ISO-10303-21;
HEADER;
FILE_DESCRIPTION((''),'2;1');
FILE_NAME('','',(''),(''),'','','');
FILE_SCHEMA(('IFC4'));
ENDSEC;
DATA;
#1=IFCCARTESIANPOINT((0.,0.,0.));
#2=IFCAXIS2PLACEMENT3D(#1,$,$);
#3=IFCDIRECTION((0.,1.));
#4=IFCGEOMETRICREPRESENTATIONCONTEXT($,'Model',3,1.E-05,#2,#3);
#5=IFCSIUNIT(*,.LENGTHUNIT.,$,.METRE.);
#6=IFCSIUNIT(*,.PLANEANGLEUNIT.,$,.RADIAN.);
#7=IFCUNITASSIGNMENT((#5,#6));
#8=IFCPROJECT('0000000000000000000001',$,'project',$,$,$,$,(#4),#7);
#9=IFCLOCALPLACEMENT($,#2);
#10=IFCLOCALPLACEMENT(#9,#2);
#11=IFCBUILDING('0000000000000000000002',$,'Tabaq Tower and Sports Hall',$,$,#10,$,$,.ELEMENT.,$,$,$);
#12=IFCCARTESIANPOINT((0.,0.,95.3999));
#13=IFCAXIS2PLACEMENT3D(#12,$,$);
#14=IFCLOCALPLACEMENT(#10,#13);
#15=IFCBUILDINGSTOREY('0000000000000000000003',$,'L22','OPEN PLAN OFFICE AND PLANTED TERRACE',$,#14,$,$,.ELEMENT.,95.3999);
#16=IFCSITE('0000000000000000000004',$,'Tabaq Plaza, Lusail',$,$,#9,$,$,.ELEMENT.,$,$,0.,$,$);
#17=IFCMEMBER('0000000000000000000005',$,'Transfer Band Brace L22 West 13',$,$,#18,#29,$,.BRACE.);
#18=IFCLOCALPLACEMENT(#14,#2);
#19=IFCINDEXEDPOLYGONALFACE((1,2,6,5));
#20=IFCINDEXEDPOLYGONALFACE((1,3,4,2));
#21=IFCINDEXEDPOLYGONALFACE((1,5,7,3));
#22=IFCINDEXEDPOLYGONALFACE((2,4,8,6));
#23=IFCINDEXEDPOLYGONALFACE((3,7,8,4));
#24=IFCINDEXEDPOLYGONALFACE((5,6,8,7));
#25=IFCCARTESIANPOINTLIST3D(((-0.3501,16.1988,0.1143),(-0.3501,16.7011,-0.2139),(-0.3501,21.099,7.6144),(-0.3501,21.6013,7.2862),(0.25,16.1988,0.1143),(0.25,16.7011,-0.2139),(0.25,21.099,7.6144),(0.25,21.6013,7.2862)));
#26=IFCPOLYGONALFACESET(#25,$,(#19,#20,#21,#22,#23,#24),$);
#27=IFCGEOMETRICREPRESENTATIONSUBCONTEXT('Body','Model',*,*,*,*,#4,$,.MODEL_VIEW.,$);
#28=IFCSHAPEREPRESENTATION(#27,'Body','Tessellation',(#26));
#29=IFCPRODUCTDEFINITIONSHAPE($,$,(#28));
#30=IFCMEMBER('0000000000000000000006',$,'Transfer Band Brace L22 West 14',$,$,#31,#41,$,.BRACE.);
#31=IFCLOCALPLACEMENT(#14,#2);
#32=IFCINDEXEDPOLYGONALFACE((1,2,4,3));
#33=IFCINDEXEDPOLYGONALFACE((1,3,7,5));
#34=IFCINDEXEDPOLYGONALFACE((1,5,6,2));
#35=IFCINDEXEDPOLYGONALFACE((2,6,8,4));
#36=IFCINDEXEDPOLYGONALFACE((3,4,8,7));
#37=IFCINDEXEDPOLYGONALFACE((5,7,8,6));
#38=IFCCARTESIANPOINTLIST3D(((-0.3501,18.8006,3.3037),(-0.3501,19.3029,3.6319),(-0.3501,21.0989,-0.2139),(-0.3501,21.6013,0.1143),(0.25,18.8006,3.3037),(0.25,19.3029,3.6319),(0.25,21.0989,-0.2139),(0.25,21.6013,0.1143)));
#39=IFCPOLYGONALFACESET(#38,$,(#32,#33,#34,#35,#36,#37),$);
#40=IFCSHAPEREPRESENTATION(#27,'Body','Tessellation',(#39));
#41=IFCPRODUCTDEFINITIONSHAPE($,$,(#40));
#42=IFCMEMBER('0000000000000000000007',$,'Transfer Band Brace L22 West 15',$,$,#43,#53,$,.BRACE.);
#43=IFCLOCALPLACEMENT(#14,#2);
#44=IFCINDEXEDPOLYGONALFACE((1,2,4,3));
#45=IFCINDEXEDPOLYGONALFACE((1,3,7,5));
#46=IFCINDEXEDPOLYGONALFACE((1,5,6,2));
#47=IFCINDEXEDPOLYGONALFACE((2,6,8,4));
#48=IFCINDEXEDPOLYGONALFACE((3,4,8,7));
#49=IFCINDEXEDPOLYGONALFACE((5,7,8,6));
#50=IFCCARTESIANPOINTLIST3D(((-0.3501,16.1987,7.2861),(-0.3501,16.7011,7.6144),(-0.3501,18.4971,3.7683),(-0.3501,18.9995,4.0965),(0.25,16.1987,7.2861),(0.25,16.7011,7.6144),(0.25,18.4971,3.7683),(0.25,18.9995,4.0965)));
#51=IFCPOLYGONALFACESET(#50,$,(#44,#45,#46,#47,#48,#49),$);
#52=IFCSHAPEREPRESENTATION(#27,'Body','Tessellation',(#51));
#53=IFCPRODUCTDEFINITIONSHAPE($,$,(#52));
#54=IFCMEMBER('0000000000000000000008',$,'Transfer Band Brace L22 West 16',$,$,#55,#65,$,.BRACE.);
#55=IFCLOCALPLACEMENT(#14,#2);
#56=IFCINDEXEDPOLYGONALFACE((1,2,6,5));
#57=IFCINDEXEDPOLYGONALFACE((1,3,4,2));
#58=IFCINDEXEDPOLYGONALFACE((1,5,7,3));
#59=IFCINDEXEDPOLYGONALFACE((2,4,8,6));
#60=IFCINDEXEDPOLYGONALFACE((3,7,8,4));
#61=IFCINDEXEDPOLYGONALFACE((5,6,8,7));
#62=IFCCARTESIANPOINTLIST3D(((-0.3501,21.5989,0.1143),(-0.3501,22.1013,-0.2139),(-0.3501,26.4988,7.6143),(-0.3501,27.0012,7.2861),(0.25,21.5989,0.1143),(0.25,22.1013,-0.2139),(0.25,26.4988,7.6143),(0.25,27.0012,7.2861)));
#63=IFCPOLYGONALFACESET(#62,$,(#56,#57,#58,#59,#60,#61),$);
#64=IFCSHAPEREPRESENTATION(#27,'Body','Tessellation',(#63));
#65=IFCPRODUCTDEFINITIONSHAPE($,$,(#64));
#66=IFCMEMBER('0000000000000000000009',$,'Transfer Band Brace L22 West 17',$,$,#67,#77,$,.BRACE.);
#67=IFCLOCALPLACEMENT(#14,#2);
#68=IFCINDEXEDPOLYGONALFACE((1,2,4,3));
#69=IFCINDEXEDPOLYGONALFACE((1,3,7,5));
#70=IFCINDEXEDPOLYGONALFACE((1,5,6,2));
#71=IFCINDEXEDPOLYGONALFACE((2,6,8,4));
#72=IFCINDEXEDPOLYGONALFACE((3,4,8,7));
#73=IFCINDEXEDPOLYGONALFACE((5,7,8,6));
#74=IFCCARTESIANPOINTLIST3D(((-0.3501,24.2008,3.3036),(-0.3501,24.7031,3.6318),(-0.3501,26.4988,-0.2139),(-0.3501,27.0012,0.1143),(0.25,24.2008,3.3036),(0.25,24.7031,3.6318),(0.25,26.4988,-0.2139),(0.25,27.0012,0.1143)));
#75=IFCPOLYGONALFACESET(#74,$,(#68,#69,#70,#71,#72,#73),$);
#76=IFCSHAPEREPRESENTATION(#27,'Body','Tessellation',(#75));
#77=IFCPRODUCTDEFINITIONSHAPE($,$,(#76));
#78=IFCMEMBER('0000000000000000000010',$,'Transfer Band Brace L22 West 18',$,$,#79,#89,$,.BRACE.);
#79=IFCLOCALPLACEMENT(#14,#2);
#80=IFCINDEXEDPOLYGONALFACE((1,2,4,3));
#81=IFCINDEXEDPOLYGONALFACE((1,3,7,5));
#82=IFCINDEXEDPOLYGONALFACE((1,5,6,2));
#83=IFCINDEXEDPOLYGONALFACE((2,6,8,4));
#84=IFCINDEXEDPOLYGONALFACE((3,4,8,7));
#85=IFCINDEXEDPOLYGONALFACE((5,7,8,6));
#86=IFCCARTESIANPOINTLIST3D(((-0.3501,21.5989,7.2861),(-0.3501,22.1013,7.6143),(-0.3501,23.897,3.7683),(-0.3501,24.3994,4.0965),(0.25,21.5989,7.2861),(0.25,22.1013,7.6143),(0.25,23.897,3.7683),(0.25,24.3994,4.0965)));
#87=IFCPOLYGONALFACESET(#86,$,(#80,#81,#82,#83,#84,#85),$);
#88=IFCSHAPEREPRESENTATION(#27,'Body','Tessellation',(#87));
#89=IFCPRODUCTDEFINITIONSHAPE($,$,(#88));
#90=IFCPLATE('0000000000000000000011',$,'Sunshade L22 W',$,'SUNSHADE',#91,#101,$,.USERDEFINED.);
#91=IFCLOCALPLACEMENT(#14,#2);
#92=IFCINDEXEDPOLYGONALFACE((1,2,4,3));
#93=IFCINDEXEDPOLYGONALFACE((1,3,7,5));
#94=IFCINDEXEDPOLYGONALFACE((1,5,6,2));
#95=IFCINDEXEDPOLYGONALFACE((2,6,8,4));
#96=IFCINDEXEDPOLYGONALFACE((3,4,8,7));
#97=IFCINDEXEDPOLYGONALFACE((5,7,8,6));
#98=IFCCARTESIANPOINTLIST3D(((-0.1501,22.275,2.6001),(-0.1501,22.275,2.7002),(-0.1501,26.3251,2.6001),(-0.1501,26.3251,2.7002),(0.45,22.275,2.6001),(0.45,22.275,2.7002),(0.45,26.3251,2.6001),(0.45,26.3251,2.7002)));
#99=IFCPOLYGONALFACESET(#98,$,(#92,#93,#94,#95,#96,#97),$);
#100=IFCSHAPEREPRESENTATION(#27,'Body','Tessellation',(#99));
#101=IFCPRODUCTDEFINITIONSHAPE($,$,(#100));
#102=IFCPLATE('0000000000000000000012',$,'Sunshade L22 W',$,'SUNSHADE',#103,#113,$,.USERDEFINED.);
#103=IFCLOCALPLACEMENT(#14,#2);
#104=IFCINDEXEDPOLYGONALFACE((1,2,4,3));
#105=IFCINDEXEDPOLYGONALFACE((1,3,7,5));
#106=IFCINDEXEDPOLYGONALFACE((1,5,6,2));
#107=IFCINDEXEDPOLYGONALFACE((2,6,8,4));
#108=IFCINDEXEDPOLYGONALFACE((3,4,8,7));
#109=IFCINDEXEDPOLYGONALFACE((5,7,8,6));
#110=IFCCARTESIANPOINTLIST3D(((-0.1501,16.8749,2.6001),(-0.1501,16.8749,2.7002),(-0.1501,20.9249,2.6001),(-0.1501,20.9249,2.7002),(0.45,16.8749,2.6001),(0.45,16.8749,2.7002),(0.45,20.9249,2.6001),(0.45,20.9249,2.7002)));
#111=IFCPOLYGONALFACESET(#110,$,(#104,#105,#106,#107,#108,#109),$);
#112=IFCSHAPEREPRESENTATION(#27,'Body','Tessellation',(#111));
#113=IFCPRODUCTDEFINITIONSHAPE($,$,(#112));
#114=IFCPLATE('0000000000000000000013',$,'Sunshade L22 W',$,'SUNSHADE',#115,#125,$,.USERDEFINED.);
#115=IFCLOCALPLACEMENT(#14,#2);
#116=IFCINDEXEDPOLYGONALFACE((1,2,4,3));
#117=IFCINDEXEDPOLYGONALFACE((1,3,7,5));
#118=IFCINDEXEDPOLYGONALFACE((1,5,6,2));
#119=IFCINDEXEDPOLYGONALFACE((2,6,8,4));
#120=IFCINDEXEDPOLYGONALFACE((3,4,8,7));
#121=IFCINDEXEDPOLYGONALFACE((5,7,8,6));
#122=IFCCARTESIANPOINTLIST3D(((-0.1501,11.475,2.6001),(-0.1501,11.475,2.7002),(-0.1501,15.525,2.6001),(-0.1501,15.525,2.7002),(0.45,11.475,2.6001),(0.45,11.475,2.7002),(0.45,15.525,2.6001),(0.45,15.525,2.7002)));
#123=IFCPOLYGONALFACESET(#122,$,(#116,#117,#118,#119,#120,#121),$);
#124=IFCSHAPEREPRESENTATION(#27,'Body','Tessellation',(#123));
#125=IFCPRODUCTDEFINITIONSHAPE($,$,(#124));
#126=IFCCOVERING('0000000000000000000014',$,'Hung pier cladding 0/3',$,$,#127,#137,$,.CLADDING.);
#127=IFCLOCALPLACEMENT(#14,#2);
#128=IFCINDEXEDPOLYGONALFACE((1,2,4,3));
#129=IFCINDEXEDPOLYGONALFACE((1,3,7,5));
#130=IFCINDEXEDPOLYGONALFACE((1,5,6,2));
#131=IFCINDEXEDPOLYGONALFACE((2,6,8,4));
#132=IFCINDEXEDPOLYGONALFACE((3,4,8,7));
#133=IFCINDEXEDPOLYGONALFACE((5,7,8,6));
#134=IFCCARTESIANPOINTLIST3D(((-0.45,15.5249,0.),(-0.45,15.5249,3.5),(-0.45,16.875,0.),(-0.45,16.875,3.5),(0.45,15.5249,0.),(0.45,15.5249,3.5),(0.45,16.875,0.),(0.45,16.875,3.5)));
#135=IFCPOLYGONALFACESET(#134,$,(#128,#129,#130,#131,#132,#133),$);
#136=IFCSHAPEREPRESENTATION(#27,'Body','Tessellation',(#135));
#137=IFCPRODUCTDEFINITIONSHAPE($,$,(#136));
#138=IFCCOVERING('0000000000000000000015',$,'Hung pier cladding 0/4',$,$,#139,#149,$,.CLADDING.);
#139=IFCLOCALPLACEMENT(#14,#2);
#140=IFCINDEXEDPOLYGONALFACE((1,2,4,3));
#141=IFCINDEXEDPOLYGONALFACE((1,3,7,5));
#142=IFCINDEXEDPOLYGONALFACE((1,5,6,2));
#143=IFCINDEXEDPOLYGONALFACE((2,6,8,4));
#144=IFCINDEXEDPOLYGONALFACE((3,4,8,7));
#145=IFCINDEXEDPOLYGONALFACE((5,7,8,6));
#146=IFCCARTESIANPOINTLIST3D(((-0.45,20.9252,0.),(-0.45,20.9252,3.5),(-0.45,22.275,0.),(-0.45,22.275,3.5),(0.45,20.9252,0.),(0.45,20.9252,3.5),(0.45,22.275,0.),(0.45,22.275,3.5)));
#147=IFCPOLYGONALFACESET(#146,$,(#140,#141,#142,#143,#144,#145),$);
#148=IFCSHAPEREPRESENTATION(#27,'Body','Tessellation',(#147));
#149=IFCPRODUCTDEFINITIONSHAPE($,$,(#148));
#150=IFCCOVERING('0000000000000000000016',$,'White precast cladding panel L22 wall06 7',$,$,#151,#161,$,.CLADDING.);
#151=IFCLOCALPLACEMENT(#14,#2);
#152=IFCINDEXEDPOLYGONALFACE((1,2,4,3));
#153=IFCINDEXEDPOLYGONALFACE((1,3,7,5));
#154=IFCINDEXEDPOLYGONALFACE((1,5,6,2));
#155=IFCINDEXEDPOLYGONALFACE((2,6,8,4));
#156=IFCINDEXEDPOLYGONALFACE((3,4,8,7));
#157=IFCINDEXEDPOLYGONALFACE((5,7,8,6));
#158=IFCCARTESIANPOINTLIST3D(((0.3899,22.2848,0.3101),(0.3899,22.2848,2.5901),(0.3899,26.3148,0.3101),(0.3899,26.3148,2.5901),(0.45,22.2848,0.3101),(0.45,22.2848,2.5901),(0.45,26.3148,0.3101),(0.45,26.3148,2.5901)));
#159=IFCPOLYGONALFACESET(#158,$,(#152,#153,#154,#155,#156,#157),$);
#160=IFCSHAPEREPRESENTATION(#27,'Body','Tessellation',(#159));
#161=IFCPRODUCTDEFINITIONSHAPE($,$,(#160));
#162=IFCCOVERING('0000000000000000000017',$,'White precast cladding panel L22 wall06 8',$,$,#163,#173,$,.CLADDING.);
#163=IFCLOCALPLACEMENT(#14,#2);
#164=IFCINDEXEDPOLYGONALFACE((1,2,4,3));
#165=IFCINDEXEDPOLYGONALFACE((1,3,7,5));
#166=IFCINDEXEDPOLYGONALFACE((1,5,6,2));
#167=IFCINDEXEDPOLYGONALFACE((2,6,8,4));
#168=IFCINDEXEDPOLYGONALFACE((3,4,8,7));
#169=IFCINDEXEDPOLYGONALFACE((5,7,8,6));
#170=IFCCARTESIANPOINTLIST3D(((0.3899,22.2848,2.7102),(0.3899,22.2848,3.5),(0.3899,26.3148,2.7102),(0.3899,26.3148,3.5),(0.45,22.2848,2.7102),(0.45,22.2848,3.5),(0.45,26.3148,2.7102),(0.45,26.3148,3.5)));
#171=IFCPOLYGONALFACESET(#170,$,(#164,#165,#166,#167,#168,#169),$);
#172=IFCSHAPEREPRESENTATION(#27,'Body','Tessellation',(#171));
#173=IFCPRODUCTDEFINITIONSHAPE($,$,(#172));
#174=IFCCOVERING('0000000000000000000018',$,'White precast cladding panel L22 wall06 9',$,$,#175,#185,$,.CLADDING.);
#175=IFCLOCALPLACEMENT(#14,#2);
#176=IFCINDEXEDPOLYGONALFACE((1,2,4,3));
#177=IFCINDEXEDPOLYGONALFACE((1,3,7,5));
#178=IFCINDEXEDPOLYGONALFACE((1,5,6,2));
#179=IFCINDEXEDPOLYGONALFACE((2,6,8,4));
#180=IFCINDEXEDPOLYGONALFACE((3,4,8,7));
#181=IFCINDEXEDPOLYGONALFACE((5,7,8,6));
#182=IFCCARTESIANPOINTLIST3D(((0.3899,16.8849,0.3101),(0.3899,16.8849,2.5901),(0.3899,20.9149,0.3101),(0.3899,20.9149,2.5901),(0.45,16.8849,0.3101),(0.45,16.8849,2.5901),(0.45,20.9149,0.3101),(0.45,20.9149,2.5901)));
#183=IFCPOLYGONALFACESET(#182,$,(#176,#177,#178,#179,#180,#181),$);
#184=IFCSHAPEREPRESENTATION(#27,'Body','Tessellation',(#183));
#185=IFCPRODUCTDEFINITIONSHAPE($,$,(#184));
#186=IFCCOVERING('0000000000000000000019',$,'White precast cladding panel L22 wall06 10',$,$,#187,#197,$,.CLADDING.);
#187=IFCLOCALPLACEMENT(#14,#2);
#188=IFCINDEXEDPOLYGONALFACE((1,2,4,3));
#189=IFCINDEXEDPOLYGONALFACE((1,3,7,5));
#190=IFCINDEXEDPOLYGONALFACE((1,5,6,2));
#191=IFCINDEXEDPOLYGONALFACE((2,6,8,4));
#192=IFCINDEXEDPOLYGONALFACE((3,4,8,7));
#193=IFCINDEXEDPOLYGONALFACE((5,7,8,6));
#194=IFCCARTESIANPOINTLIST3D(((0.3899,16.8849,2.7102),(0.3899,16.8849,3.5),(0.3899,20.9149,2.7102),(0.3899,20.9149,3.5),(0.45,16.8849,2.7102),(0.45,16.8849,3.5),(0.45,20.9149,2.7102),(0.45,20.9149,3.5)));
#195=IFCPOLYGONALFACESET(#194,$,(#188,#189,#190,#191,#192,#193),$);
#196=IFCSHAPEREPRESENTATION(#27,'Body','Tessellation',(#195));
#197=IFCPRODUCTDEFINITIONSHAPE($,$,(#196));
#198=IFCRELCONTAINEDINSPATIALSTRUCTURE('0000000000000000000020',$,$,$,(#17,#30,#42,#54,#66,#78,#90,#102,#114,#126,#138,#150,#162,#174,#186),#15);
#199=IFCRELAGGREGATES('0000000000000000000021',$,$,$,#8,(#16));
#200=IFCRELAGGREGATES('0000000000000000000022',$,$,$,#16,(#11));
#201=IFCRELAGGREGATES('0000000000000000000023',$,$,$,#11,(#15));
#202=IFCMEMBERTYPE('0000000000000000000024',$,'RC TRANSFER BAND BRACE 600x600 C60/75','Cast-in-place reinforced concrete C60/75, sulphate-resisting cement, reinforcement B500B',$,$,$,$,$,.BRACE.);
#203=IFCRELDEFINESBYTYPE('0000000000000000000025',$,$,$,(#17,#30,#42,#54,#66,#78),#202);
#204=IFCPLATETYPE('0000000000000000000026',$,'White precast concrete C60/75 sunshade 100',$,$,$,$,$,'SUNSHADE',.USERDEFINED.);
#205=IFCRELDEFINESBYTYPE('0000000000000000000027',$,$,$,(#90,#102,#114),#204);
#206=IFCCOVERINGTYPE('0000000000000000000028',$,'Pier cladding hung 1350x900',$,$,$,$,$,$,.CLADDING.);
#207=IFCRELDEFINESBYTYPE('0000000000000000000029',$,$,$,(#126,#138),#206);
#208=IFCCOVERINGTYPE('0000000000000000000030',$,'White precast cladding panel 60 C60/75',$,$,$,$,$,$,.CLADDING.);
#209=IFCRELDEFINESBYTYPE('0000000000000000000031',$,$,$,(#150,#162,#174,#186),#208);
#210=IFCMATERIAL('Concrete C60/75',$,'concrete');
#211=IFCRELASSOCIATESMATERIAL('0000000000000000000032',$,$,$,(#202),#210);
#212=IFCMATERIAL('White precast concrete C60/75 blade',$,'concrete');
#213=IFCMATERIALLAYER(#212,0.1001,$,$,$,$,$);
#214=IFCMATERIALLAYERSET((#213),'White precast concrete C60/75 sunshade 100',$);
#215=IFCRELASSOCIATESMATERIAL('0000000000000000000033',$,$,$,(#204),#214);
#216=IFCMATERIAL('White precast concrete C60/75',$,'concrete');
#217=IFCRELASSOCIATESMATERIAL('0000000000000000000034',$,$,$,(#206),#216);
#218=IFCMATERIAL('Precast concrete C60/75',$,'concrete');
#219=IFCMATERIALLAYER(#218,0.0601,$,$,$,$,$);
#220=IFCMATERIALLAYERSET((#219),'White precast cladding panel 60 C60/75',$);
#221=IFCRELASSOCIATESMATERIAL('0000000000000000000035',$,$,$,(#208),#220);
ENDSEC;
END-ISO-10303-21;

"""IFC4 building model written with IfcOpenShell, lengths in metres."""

from ifc_helpers import new_model, si_unit, direction, frame, frame_2d, origin, origin_2d, place, context, subcontext, project, spatial, rectangle, extrude, material, layer, layer_set, material_profile, profile_set, type_object, element, save


model = new_model("IFC4")

# Units and contexts
model_context = context("Model", 3, precision=1e-05, world=origin(), true_north=direction((0.0, 1.0)))
body_context = subcontext(model_context, "Body", "Model", "MODEL_VIEW")
ifc_project = project(units=[si_unit("LENGTHUNIT", "METRE"), si_unit("PLANEANGLEUNIT", "RADIAN")], contexts=[model_context])

# Site, building, storey
site_placement = place(None, origin())
site = spatial("IfcSite", under=ifc_project, at=site_placement, Name="Tabaq Plaza, Lusail", CompositionType="ELEMENT", RefElevation=0.0)
building_placement = place(site_placement, origin())
building = spatial("IfcBuilding", under=site, at=building_placement, Name="Tabaq Tower and Sports Hall", CompositionType="ELEMENT")
storey_placement = place(building_placement, frame((0.0, 0.0, 95.3999)))
storey = spatial("IfcBuildingStorey", under=building, at=storey_placement, Name="L22", Description="OPEN PLAN OFFICE AND PLANTED TERRACE", CompositionType="ELEMENT", Elevation=95.3999)

# Members
ifc_material_1 = material(Name="Concrete C60/75", Category="concrete")
ifc_material_profile = material_profile(ifc_material_1, rectangle(XDim=0.6001, YDim=0.6001, at=origin_2d()), Name="TRANSFER BAND BRACE 600x600")
ifc_profile_set = profile_set([ifc_material_profile], Name="Concrete C60/75")
member_type = type_object("IfcMemberType", Name="RC TRANSFER BAND BRACE 600x600 C60/75", Description="Cast-in-place reinforced concrete C60/75, sulphate-resisting cement, reinforcement B500B", PredefinedType="BRACE", material=ifc_profile_set)
member_1_placement = place(storey_placement, frame((-0.05, 16.45, -0.0498), z_axis=(0.0, 0.54696, 0.837159), x_axis=(-1.0, 0.0, 0.0)))
element("IfcMember", 1, at=member_1_placement, inside=storey, type_object=member_type, Name="Transfer Band Brace L22 West 13", PredefinedType="BRACE", context=body_context, shape_type="SweptSolid", body=[
    extrude(rectangle(XDim=0.6001, YDim=0.6001, at=origin_2d()), origin(), (0.0, 0.0, 1.0), 8.959),
])
member_2_placement = place(storey_placement, frame((-0.05, 21.3501, -0.0498), z_axis=(0.0, -0.54698, 0.837146), x_axis=(1.0, 0.0, 0.0)))
element("IfcMember", 2, at=member_2_placement, inside=storey, type_object=member_type, Name="Transfer Band Brace L22 West 14", PredefinedType="BRACE", context=body_context, shape_type="SweptSolid", body=[
    extrude(rectangle(XDim=0.6001, YDim=0.6001, at=origin_2d()), origin(), (0.0, 0.0, 1.0), 4.2019),
])
member_3_placement = place(storey_placement, frame((-0.05, 18.7483, 3.9324), z_axis=(0.0, -0.546953, 0.837163), x_axis=(1.0, 0.0, 0.0)))
element("IfcMember", 3, at=member_3_placement, inside=storey, type_object=member_type, Name="Transfer Band Brace L22 West 15", PredefinedType="BRACE", context=body_context, shape_type="SweptSolid", body=[
    extrude(rectangle(XDim=0.6001, YDim=0.6001, at=origin_2d()), origin(), (0.0, 0.0, 1.0), 4.2021),
])
member_4_placement = place(storey_placement, frame((-0.05, 21.8501, -0.0498), z_axis=(0.0, 0.546941, 0.837171), x_axis=(-1.0, 0.0, 0.0)))
element("IfcMember", 4, at=member_4_placement, inside=storey, type_object=member_type, Name="Transfer Band Brace L22 West 16", PredefinedType="BRACE", context=body_context, shape_type="SweptSolid", body=[
    extrude(rectangle(XDim=0.6001, YDim=0.6001, at=origin_2d()), origin(), (0.0, 0.0, 1.0), 8.9587),
])
member_5_placement = place(storey_placement, frame((-0.05, 26.75, -0.0498), z_axis=(0.0, -0.546939, 0.837172), x_axis=(1.0, 0.0, 0.0)))
element("IfcMember", 5, at=member_5_placement, inside=storey, type_object=member_type, Name="Transfer Band Brace L22 West 17", PredefinedType="BRACE", context=body_context, shape_type="SweptSolid", body=[
    extrude(rectangle(XDim=0.6001, YDim=0.6001, at=origin_2d()), origin(), (0.0, 0.0, 1.0), 4.2017),
])
member_6_placement = place(storey_placement, frame((-0.05, 24.1482, 3.9324), z_axis=(0.0, -0.546913, 0.83719), x_axis=(1.0, 0.0, 0.0)))
element("IfcMember", 6, at=member_6_placement, inside=storey, type_object=member_type, Name="Transfer Band Brace L22 West 18", PredefinedType="BRACE", context=body_context, shape_type="SweptSolid", body=[
    extrude(rectangle(XDim=0.6001, YDim=0.6001, at=origin_2d()), origin(), (0.0, 0.0, 1.0), 4.2019),
])

# Plates
ifc_material_2 = material(Name="White precast concrete C60/75 blade", Category="concrete")
ifc_layer_1 = layer(ifc_material_2, 0.1001)
ifc_layer_set_1 = layer_set([ifc_layer_1], Name="White precast concrete C60/75 sunshade 100")
plate_type = type_object("IfcPlateType", Name="White precast concrete C60/75 sunshade 100", ElementType="SUNSHADE", PredefinedType="USERDEFINED", material=ifc_layer_set_1)
for number, where, z_axis, x_axis, name in (
    (7, (0.1499, 24.3, 2.6001), (0.0, 0.0, 1.0), (0.0, -1.0, 0.0), "Sunshade L22 W"),
    (8, (0.1499, 18.8999, 2.6001), (0.0, 0.0, 1.0), (0.0, -1.0, 0.0), "Sunshade L22 W"),
    (9, (0.1499, 13.5, 2.6001), (0.0, 0.0, 1.0), (0.0, -1.0, 0.0), "Sunshade L22 W"),
):
    element("IfcPlate", number, at=place(storey_placement, frame(where, z_axis=z_axis, x_axis=x_axis)), inside=storey, type_object=plate_type, Name=name, ObjectType="SUNSHADE", PredefinedType="USERDEFINED", context=body_context, shape_type="SweptSolid", body=[
        extrude(rectangle(XDim=4.05, YDim=0.6001, at=origin_2d()), origin(), (0.0, 0.0, 1.0), 0.1001),
    ])

# Coverings
ifc_material_3 = material(Name="White precast concrete C60/75", Category="concrete")
covering_type_1 = type_object("IfcCoveringType", Name="Pier cladding hung 1350x900", PredefinedType="CLADDING", material=ifc_material_3)
covering_1_placement = place(storey_placement, frame((0.0, 16.875, 0.0), z_axis=(0.0, 0.0, 1.0), x_axis=(0.0, -1.0, 0.0)))
element("IfcCovering", 10, at=covering_1_placement, inside=storey, type_object=covering_type_1, Name="Hung pier cladding 0/3", PredefinedType="CLADDING", context=body_context, shape_type="SweptSolid", body=[
    extrude(rectangle(XDim=1.3501, YDim=0.8999, at=frame_2d((0.675, 0.0))), origin(), (0.0, 0.0, 1.0), 3.5),
])
covering_2_placement = place(storey_placement, frame((0.0, 22.2749, 0.0), z_axis=(0.0, 0.0, 1.0), x_axis=(0.0, -1.0, 0.0)))
element("IfcCovering", 11, at=covering_2_placement, inside=storey, type_object=covering_type_1, Name="Hung pier cladding 0/4", PredefinedType="CLADDING", context=body_context, shape_type="SweptSolid", body=[
    extrude(rectangle(XDim=1.3499, YDim=0.8999, at=frame_2d((0.6748, 0.0))), origin(), (0.0, 0.0, 1.0), 3.5),
])
ifc_material_4 = material(Name="Precast concrete C60/75", Category="concrete")
ifc_layer_2 = layer(ifc_material_4, 0.0601)
ifc_layer_set_2 = layer_set([ifc_layer_2], Name="White precast cladding panel 60 C60/75")
covering_type_2 = type_object("IfcCoveringType", Name="White precast cladding panel 60 C60/75", PredefinedType="CLADDING", material=ifc_layer_set_2)
covering_3_placement = place(storey_placement, frame((0.4199, 26.3149, 0.3101), z_axis=(0.0, 0.0, 1.0), x_axis=(0.0, -1.0, 0.0)))
element("IfcCovering", 12, at=covering_3_placement, inside=storey, type_object=covering_type_2, Name="White precast cladding panel L22 wall06 7", PredefinedType="CLADDING", context=body_context, shape_type="SweptSolid", body=[
    extrude(rectangle(XDim=4.03, YDim=0.0601, at=frame_2d((2.0151, 0.0))), origin(), (0.0, 0.0, 1.0), 2.28),
])
covering_4_placement = place(storey_placement, frame((0.4199, 26.3149, 2.7102), z_axis=(0.0, 0.0, 1.0), x_axis=(0.0, -1.0, 0.0)))
element("IfcCovering", 13, at=covering_4_placement, inside=storey, type_object=covering_type_2, Name="White precast cladding panel L22 wall06 8", PredefinedType="CLADDING", context=body_context, shape_type="SweptSolid", body=[
    extrude(rectangle(XDim=4.03, YDim=0.0601, at=frame_2d((2.0151, 0.0))), origin(), (0.0, 0.0, 1.0), 0.7898),
])
covering_5_placement = place(storey_placement, frame((0.4199, 20.915, 0.3101), z_axis=(0.0, 0.0, 1.0), x_axis=(0.0, -1.0, 0.0)))
element("IfcCovering", 14, at=covering_5_placement, inside=storey, type_object=covering_type_2, Name="White precast cladding panel L22 wall06 9", PredefinedType="CLADDING", context=body_context, shape_type="SweptSolid", body=[
    extrude(rectangle(XDim=4.03, YDim=0.0601, at=frame_2d((2.0151, 0.0))), origin(), (0.0, 0.0, 1.0), 2.28),
])
covering_6_placement = place(storey_placement, frame((0.4199, 20.915, 2.7102), z_axis=(0.0, 0.0, 1.0), x_axis=(0.0, -1.0, 0.0)))
element("IfcCovering", 15, at=covering_6_placement, inside=storey, type_object=covering_type_2, Name="White precast cladding panel L22 wall06 10", PredefinedType="CLADDING", context=body_context, shape_type="SweptSolid", body=[
    extrude(rectangle(XDim=4.03, YDim=0.0601, at=frame_2d((2.0151, 0.0))), origin(), (0.0, 0.0, 1.0), 0.7898),
])

save(model, "model.ifc")
